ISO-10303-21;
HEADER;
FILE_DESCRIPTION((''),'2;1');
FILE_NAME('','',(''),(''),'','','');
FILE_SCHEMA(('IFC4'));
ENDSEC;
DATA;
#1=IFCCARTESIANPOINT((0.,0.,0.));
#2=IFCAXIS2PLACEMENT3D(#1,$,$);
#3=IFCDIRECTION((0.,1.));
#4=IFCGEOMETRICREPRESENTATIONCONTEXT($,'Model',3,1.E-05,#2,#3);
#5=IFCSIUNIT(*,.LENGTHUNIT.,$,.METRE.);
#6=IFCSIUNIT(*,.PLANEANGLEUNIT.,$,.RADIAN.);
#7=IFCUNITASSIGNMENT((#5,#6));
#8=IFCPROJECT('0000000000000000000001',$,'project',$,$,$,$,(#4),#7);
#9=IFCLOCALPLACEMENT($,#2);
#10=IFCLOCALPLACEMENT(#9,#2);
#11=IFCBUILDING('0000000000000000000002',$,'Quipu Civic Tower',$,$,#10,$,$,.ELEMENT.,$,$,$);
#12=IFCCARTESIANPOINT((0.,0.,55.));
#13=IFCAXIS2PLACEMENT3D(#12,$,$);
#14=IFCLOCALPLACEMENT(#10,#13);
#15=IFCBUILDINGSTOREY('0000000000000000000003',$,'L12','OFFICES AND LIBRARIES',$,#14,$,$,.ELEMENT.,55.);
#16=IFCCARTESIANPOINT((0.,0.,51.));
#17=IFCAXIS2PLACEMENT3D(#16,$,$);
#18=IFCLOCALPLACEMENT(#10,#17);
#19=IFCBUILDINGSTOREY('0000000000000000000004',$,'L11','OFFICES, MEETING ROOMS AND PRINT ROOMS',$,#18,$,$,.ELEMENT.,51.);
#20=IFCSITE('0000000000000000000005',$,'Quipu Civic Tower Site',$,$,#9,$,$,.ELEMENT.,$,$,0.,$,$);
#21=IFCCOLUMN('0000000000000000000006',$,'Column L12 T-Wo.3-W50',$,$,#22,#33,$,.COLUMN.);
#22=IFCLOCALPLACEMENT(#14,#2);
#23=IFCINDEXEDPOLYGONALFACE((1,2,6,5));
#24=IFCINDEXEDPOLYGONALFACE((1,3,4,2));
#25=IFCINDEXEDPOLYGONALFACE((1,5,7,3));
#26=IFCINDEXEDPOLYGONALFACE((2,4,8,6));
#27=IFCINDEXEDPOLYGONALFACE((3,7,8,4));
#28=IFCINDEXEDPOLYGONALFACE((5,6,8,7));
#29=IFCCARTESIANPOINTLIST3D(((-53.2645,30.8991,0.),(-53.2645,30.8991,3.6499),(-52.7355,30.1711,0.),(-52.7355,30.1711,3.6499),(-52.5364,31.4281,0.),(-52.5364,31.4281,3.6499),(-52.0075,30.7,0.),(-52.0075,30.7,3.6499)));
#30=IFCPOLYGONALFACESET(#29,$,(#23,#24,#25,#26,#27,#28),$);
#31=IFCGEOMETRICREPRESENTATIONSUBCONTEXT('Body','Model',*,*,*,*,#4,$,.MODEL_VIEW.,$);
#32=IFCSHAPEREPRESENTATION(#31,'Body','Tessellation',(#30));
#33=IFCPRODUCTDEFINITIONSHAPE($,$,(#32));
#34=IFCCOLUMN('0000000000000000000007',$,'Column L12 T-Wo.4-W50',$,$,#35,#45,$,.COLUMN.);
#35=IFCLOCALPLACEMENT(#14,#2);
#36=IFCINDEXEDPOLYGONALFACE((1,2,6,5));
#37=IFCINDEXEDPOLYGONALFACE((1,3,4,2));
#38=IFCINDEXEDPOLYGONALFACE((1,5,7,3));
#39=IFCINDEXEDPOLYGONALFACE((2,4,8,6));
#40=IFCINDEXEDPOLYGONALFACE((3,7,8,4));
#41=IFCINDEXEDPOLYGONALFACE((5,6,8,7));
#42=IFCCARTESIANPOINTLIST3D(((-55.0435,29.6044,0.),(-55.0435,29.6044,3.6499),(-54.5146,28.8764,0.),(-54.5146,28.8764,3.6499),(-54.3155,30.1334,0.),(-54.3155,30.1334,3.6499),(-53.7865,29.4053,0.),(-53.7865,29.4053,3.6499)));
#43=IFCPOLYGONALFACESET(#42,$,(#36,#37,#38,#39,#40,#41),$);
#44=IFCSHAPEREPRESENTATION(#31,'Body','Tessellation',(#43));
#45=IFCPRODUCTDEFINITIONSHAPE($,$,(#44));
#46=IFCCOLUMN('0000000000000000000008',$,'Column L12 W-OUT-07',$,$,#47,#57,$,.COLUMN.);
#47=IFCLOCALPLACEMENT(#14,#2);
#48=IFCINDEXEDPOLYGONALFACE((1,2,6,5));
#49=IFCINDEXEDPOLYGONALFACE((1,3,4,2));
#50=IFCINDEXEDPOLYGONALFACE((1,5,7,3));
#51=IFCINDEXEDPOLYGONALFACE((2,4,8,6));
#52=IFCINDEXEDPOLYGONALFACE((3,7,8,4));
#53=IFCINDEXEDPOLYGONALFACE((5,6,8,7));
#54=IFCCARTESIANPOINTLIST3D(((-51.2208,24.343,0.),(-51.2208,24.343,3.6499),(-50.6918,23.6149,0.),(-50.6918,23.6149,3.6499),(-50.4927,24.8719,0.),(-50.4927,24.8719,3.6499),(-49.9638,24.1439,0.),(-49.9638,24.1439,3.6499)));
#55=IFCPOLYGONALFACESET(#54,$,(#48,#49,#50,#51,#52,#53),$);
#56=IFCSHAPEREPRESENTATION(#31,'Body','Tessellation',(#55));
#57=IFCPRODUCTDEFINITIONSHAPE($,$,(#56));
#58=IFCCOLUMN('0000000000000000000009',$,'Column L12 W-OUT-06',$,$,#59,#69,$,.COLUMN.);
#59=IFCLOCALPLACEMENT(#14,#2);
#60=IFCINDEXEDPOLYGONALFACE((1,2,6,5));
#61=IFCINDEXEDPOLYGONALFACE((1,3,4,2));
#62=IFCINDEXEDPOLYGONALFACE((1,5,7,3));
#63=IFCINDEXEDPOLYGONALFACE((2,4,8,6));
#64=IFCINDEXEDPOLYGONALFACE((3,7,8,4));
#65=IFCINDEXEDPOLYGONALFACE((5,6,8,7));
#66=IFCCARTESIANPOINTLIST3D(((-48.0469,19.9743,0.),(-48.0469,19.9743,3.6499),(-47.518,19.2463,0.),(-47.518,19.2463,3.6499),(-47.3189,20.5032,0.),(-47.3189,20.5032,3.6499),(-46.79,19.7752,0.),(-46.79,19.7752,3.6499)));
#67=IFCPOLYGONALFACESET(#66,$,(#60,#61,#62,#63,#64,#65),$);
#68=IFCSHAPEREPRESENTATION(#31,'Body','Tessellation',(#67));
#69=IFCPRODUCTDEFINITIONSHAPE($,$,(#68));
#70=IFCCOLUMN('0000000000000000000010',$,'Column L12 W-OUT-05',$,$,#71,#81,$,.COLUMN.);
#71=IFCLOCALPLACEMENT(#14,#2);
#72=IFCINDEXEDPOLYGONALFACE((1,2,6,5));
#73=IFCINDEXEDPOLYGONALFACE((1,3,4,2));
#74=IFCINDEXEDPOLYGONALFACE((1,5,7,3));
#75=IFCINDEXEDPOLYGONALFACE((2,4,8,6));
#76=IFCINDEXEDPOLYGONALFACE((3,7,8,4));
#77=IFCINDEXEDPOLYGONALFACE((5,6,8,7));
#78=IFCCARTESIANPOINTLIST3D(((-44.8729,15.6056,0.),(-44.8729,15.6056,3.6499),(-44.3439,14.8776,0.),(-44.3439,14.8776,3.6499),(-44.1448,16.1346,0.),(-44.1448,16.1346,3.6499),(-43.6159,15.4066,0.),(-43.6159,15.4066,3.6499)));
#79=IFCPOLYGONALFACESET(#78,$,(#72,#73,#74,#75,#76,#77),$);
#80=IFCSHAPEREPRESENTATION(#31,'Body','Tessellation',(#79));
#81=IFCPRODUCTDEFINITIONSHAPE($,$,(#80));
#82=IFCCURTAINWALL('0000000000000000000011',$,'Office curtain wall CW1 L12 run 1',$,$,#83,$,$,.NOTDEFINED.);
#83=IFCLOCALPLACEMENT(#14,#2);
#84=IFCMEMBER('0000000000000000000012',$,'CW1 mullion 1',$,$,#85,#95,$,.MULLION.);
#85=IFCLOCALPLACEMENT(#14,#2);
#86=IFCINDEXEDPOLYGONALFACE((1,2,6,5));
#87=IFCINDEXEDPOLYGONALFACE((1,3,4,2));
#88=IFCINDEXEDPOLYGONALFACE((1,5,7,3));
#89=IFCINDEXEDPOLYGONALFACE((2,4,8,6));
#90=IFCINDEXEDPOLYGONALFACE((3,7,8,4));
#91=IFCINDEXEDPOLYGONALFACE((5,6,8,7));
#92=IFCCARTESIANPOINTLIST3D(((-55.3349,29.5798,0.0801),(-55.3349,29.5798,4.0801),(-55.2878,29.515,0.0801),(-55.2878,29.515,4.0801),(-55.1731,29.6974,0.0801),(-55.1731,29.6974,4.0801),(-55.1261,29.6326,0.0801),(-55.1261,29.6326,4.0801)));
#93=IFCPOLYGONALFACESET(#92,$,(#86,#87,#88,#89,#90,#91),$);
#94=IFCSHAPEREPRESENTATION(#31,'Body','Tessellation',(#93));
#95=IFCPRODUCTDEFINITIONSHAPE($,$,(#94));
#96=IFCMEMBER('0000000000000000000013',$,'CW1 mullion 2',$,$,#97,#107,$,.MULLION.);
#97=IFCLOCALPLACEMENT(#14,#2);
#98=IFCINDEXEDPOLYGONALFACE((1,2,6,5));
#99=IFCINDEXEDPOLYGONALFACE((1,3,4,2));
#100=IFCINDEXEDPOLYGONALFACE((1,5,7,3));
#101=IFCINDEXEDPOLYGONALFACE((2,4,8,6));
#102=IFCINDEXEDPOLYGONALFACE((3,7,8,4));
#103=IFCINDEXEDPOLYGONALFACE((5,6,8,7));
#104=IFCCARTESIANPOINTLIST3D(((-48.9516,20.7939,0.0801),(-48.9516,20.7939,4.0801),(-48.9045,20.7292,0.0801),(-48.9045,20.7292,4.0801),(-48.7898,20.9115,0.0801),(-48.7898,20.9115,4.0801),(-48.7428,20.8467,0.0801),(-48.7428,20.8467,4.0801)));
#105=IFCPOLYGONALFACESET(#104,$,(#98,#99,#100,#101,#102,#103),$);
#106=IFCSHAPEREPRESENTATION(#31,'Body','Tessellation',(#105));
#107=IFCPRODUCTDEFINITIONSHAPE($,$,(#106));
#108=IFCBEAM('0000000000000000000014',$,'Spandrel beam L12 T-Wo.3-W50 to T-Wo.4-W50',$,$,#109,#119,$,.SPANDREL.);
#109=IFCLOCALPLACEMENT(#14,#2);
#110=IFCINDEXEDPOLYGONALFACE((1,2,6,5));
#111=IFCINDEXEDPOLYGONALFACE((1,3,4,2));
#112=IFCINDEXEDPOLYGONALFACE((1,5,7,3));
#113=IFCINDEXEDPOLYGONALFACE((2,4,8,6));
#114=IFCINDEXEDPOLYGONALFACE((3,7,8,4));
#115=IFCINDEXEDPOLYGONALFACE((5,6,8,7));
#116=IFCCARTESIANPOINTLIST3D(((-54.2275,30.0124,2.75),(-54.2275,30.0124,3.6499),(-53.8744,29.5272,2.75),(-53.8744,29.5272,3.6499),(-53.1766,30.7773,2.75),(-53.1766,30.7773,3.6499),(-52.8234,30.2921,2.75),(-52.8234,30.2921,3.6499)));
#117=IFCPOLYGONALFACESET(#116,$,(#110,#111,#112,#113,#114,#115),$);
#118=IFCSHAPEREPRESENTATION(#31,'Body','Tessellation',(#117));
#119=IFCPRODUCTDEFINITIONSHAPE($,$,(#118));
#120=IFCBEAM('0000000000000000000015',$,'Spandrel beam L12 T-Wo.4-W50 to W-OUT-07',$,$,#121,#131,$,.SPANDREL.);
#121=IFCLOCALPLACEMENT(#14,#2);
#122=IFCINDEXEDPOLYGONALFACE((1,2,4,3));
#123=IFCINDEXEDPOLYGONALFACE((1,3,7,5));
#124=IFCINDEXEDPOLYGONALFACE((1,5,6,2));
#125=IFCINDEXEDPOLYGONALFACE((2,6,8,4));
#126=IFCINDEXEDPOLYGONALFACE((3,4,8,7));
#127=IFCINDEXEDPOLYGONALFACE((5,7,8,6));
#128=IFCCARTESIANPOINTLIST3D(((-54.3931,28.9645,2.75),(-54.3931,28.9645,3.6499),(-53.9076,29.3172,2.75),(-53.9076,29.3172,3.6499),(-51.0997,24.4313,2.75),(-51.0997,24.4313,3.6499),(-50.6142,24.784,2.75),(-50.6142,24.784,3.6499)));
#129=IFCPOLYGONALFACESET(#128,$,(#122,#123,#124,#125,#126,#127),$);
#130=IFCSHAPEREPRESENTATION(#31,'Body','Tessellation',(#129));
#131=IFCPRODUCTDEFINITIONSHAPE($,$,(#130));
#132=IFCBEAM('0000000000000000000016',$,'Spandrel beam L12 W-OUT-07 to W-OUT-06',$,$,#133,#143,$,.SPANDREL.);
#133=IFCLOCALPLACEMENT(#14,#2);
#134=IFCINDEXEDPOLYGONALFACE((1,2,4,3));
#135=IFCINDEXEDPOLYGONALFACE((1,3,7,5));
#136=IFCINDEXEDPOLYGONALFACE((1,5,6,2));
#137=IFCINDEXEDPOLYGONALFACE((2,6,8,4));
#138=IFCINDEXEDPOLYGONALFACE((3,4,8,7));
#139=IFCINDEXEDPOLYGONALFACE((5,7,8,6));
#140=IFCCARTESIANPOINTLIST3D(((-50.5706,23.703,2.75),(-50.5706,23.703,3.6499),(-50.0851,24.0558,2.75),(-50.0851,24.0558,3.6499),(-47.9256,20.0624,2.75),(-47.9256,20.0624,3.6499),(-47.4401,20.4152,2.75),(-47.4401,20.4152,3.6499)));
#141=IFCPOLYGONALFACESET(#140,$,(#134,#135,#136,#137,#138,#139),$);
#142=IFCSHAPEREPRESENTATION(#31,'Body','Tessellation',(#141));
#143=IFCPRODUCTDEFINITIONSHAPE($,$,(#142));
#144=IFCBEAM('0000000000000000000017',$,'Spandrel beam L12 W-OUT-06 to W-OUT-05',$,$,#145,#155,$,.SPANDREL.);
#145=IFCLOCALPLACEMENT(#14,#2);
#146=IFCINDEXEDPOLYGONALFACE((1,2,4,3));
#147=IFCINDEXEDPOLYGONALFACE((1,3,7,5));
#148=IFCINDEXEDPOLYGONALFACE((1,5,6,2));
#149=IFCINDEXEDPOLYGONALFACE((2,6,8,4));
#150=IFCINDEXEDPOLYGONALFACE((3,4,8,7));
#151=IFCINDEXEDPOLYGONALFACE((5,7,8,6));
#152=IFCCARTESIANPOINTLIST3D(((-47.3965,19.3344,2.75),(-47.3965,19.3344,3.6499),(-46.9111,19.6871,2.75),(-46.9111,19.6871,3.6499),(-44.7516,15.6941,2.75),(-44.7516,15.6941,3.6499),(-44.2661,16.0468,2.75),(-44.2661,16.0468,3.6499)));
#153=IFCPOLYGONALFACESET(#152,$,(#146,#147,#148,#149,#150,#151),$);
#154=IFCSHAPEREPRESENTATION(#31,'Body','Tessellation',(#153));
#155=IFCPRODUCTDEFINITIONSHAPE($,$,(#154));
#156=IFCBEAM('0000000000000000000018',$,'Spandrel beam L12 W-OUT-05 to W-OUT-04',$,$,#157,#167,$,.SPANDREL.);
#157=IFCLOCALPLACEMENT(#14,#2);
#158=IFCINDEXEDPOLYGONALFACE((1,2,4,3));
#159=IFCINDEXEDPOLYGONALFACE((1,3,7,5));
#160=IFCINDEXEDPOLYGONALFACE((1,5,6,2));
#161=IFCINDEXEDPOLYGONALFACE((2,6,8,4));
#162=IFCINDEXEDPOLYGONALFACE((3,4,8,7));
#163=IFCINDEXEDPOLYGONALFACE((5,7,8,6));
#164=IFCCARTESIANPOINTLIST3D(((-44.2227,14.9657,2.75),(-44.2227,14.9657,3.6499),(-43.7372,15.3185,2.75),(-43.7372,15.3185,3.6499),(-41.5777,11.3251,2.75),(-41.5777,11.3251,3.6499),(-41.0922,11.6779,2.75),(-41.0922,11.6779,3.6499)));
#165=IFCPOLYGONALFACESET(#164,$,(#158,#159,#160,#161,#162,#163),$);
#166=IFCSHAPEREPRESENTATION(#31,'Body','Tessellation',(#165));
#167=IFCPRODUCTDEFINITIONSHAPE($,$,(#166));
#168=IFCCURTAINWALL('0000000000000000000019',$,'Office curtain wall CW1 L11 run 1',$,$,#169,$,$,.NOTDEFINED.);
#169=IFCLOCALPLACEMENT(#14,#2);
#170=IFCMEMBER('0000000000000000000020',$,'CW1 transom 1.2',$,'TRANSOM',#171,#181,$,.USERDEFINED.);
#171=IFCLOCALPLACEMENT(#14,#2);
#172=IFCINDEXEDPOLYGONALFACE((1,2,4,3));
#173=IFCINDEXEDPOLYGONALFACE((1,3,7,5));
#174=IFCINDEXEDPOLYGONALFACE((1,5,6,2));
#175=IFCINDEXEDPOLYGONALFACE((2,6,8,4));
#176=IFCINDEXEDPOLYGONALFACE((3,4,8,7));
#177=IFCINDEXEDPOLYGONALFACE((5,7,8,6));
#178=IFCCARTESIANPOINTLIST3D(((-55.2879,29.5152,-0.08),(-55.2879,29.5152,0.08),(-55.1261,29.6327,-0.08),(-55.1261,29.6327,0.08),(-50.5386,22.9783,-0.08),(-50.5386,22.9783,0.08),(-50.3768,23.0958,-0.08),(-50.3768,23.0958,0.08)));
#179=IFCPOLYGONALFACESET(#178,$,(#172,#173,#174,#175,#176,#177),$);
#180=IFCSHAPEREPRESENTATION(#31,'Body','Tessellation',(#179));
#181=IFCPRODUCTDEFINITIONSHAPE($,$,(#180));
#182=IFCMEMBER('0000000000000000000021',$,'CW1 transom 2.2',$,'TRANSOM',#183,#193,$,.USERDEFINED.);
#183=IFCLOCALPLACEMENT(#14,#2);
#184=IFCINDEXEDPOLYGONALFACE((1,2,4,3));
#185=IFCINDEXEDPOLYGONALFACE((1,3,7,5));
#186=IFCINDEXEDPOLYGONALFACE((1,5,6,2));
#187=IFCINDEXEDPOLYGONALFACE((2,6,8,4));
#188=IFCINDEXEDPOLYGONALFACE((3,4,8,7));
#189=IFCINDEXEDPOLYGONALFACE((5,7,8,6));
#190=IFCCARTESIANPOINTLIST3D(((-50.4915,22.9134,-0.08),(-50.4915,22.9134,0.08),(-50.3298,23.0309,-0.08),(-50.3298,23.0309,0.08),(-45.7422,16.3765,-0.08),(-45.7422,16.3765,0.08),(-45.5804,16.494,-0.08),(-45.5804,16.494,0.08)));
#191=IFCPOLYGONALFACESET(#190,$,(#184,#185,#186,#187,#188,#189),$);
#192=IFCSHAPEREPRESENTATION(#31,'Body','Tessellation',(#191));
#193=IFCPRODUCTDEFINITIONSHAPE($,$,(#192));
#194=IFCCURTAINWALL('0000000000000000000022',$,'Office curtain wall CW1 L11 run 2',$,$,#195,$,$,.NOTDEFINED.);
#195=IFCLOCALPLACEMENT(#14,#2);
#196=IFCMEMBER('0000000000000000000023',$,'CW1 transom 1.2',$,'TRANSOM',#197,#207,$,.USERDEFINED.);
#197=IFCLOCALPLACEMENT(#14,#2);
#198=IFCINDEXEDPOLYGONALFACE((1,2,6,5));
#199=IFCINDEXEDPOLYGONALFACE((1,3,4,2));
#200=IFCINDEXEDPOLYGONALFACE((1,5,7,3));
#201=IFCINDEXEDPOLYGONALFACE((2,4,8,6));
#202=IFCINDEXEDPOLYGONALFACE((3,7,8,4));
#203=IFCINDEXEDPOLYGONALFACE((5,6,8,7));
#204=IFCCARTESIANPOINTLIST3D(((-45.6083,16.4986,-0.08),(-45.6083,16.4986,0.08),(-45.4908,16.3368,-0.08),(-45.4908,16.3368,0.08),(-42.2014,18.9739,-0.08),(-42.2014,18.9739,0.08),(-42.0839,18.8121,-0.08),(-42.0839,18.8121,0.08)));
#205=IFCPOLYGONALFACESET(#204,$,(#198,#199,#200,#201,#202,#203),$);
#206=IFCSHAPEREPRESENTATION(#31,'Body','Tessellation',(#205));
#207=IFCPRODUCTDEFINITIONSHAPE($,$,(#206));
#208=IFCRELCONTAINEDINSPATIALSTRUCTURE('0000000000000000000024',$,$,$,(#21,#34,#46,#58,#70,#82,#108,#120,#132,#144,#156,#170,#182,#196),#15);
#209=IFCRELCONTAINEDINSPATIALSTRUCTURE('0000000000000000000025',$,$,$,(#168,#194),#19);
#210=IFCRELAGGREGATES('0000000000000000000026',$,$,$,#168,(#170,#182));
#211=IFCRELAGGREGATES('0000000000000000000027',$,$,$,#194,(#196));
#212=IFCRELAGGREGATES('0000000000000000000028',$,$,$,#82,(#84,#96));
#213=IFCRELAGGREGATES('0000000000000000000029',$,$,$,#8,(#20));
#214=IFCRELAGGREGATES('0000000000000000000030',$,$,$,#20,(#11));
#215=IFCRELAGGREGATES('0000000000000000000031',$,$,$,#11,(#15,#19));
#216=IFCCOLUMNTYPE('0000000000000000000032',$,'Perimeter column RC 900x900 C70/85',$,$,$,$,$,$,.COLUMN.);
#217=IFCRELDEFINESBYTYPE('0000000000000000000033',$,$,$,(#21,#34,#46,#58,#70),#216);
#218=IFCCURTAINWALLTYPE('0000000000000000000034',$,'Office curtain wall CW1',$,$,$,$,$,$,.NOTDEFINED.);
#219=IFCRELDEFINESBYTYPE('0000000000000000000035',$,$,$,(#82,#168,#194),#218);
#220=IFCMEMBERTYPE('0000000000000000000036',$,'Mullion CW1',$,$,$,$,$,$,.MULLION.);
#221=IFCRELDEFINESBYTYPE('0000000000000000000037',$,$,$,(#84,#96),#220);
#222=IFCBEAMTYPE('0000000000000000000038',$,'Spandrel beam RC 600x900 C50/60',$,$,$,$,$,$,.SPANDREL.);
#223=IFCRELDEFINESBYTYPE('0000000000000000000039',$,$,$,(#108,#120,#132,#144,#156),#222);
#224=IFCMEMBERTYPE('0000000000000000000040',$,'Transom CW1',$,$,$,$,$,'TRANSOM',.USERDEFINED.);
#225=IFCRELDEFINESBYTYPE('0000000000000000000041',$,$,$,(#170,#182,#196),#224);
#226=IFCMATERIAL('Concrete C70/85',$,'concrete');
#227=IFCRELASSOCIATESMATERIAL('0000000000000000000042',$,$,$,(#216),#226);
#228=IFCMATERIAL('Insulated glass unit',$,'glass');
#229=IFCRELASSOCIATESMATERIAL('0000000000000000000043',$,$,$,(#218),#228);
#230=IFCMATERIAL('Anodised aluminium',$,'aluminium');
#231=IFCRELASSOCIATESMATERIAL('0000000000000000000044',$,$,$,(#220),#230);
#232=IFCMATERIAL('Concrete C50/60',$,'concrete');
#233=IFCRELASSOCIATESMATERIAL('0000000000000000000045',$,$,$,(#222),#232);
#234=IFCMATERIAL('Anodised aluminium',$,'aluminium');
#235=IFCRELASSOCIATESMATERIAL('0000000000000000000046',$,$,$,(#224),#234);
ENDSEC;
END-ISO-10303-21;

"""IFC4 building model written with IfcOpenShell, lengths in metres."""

from ifc_helpers import new_model, si_unit, direction, frame, origin, origin_2d, place, context, subcontext, project, spatial, rectangle, extrude, material, material_profile, profile_set, type_object, element, aggregate, save


model = new_model("IFC4")

# Units and contexts
model_context = context("Model", 3, precision=1e-05, world=origin(), true_north=direction((0.0, 1.0)))
body_context = subcontext(model_context, "Body", "Model", "MODEL_VIEW")
ifc_project = project(units=[si_unit("LENGTHUNIT", "METRE"), si_unit("PLANEANGLEUNIT", "RADIAN")], contexts=[model_context])

# Site, building, storey
site_placement = place(None, origin())
site = spatial("IfcSite", under=ifc_project, at=site_placement, Name="Quipu Civic Tower Site", CompositionType="ELEMENT", RefElevation=0.0)
building_placement = place(site_placement, origin())
building = spatial("IfcBuilding", under=site, at=building_placement, Name="Quipu Civic Tower", CompositionType="ELEMENT")
storey_1_placement = place(building_placement, frame((0.0, 0.0, 55.0)))
storey_1 = spatial("IfcBuildingStorey", under=building, at=storey_1_placement, Name="L12", Description="OFFICES AND LIBRARIES", CompositionType="ELEMENT", Elevation=55.0)

# Columns
ifc_material_1 = material(Name="Concrete C70/85", Category="concrete")
ifc_material_profile_1 = material_profile(ifc_material_1, rectangle(XDim=0.8999, YDim=0.8999, at=origin_2d()), Name="RC900x900")
ifc_profile_set_1 = profile_set([ifc_material_profile_1], Name="Concrete C70/85")
column_type = type_object("IfcColumnType", Name="Perimeter column RC 900x900 C70/85", PredefinedType="COLUMN", material=ifc_profile_set_1)
for number, where, z_axis, x_axis, name in (
    (1, (-52.636, 30.7996, 0.0), (0.0, 0.0, 1.0), (-0.809017, -0.587785, 0.0), "Column L12 T-Wo.3-W50"),
    (2, (-54.415, 29.5049, 0.0), (0.0, 0.0, 1.0), (0.587785, -0.809017, 0.0), "Column L12 T-Wo.4-W50"),
    (3, (-50.5923, 24.2434, 0.0), (0.0, 0.0, 1.0), (0.587785, -0.809017, 0.0), "Column L12 W-OUT-07"),
    (4, (-47.4185, 19.8748, 0.0), (0.0, 0.0, 1.0), (0.587785, -0.809017, 0.0), "Column L12 W-OUT-06"),
    (5, (-44.2444, 15.5061, 0.0), (0.0, 0.0, 1.0), (0.587785, -0.809017, 0.0), "Column L12 W-OUT-05"),
):
    element("IfcColumn", number, at=place(storey_1_placement, frame(where, z_axis=z_axis, x_axis=x_axis)), inside=storey_1, type_object=column_type, Name=name, PredefinedType="COLUMN", context=body_context, shape_type="SweptSolid", body=[
        extrude(rectangle(XDim=0.8999, YDim=0.8999, at=origin_2d()), origin(), (0.0, 0.0, 1.0), 3.6499),
    ])

# Curtain wall, members
ifc_material_2 = material(Name="Insulated glass unit", Category="glass")
curtain_wall_type = type_object("IfcCurtainWallType", Name="Office curtain wall CW1", PredefinedType="NOTDEFINED", material=ifc_material_2)
curtain_wall_1_placement = place(storey_1_placement, origin())
curtain_wall_1 = element("IfcCurtainWall", 6, at=curtain_wall_1_placement, inside=storey_1, type_object=curtain_wall_type, Name="Office curtain wall CW1 L12 run 1", PredefinedType="NOTDEFINED")
ifc_material_3 = material(Name="Anodised aluminium", Category="aluminium")
ifc_material_profile_2 = material_profile(ifc_material_3, rectangle(XDim=0.2, YDim=0.0801, at=origin_2d()), Name="RECT 200x80")
ifc_profile_set_2 = profile_set([ifc_material_profile_2], Name="Anodised aluminium")
member_type_1 = type_object("IfcMemberType", Name="Mullion CW1", PredefinedType="MULLION", material=ifc_profile_set_2)
member_1_placement = place(storey_1_placement, frame((-55.2305, 29.6062, 0.0801), z_axis=(0.0, 0.0, 1.0), x_axis=(0.809014, 0.587789, 0.0)))
member_1 = element("IfcMember", 7, at=member_1_placement, type_object=member_type_1, Name="CW1 mullion 1", PredefinedType="MULLION", context=body_context, shape_type="SweptSolid", body=[
    extrude(rectangle(XDim=0.2, YDim=0.0801, at=origin_2d()), origin(), (0.0, 0.0, 1.0), 4.0),
])
member_2_placement = place(storey_1_placement, frame((-48.8472, 20.8203, 0.0801), z_axis=(0.0, 0.0, 1.0), x_axis=(0.809014, 0.587789, 0.0)))
member_2 = element("IfcMember", 8, at=member_2_placement, type_object=member_type_1, Name="CW1 mullion 2", PredefinedType="MULLION", context=body_context, shape_type="SweptSolid", body=[
    extrude(rectangle(XDim=0.2, YDim=0.0801, at=origin_2d()), origin(), (0.0, 0.0, 1.0), 4.0),
])

# Beams
ifc_material_4 = material(Name="Concrete C50/60", Category="concrete")
ifc_material_profile_3 = material_profile(ifc_material_4, rectangle(XDim=0.6001, YDim=0.8999, at=origin_2d()), Name="RC600x900")
ifc_profile_set_3 = profile_set([ifc_material_profile_3], Name="Concrete C50/60")
beam_type = type_object("IfcBeamType", Name="Spandrel beam RC 600x900 C50/60", PredefinedType="SPANDREL", material=ifc_profile_set_3)
beam_1_placement = place(storey_1_placement, frame((-53.0, 30.5347, 3.2), z_axis=(-0.808549, -0.588429, 0.0), x_axis=(0.588429, -0.808549, 0.0)))
element("IfcBeam", 9, at=beam_1_placement, inside=storey_1, type_object=beam_type, Name="Spandrel beam L12 T-Wo.3-W50 to T-Wo.4-W50", PredefinedType="SPANDREL", context=body_context, shape_type="SweptSolid", body=[
    extrude(rectangle(XDim=0.6001, YDim=0.8999, at=origin_2d()), origin(), (0.0, 0.0, 1.0), 1.2998),
])
beam_2_placement = place(storey_1_placement, frame((-54.1504, 29.1409, 3.2), z_axis=(0.587773, -0.809026, 0.0), x_axis=(0.809026, 0.587773, 0.0)))
element("IfcBeam", 10, at=beam_2_placement, inside=storey_1, type_object=beam_type, Name="Spandrel beam L12 T-Wo.4-W50 to W-OUT-07", PredefinedType="SPANDREL", context=body_context, shape_type="SweptSolid", body=[
    extrude(rectangle(XDim=0.6001, YDim=0.8999, at=origin_2d()), origin(), (0.0, 0.0, 1.0), 5.6033),
])
beam_3_placement = place(storey_1_placement, frame((-50.3279, 23.8794, 3.2), z_axis=(0.587778, -0.809022, 0.0), x_axis=(0.809022, 0.587778, 0.0)))
element("IfcBeam", 11, at=beam_3_placement, inside=storey_1, type_object=beam_type, Name="Spandrel beam L12 W-OUT-07 to W-OUT-06", PredefinedType="SPANDREL", context=body_context, shape_type="SweptSolid", body=[
    extrude(rectangle(XDim=0.6001, YDim=0.8999, at=origin_2d()), origin(), (0.0, 0.0, 1.0), 4.5),
])
beam_4_placement = place(storey_1_placement, frame((-47.1538, 19.5107, 3.2), z_axis=(0.587804, -0.809003, 0.0), x_axis=(0.809003, 0.587804, 0.0)))
element("IfcBeam", 12, at=beam_4_placement, inside=storey_1, type_object=beam_type, Name="Spandrel beam L12 W-OUT-06 to W-OUT-05", PredefinedType="SPANDREL", context=body_context, shape_type="SweptSolid", body=[
    extrude(rectangle(XDim=0.6001, YDim=0.8999, at=origin_2d()), origin(), (0.0, 0.0, 1.0), 4.4998),
])
beam_5_placement = place(storey_1_placement, frame((-43.98, 15.1421, 3.2), z_axis=(0.587778, -0.809022, 0.0), x_axis=(0.809022, 0.587778, 0.0)))
element("IfcBeam", 13, at=beam_5_placement, inside=storey_1, type_object=beam_type, Name="Spandrel beam L12 W-OUT-05 to W-OUT-04", PredefinedType="SPANDREL", context=body_context, shape_type="SweptSolid", body=[
    extrude(rectangle(XDim=0.6001, YDim=0.8999, at=origin_2d()), origin(), (0.0, 0.0, 1.0), 4.5),
])

# Shared definitions
storey_2_placement = place(building_placement, frame((0.0, 0.0, 51.0)))
storey_2 = spatial("IfcBuildingStorey", under=building, at=storey_2_placement, Name="L11", Description="OFFICES, MEETING ROOMS AND PRINT ROOMS", CompositionType="ELEMENT", Elevation=51.0)

# Curtain wall, members
curtain_wall_2_placement = place(storey_2_placement, origin())
curtain_wall_2 = element("IfcCurtainWall", 14, at=curtain_wall_2_placement, inside=storey_2, type_object=curtain_wall_type, Name="Office curtain wall CW1 L11 run 1", PredefinedType="NOTDEFINED")
ifc_material_5 = material(Name="Anodised aluminium", Category="aluminium")
ifc_material_profile_4 = material_profile(ifc_material_5, rectangle(XDim=0.2, YDim=0.1599, at=origin_2d()), Name="RECT 200x160")
ifc_profile_set_4 = profile_set([ifc_material_profile_4], Name="Anodised aluminium")
member_type_2 = type_object("IfcMemberType", Name="Transom CW1", ElementType="TRANSOM", PredefinedType="USERDEFINED", material=ifc_profile_set_4)
member_3_placement = place(storey_1_placement, frame((-55.207, 29.574, 0.0), z_axis=(0.587782, -0.80902, 0.0), x_axis=(0.80902, 0.587782, 0.0)))
member_3 = element("IfcMember", 15, at=member_3_placement, inside=storey_1, type_object=member_type_2, Name="CW1 transom 1.2", ObjectType="TRANSOM", PredefinedType="USERDEFINED", context=body_context, shape_type="SweptSolid", body=[
    extrude(rectangle(XDim=0.2, YDim=0.1599, at=origin_2d()), origin(), (0.0, 0.0, 1.0), 8.0801),
])
member_4_placement = place(storey_1_placement, frame((-50.4106, 22.9722, 0.0), z_axis=(0.587782, -0.80902, 0.0), x_axis=(0.80902, 0.587782, 0.0)))
member_4 = element("IfcMember", 16, at=member_4_placement, inside=storey_1, type_object=member_type_2, Name="CW1 transom 2.2", ObjectType="TRANSOM", PredefinedType="USERDEFINED", context=body_context, shape_type="SweptSolid", body=[
    extrude(rectangle(XDim=0.2, YDim=0.1599, at=origin_2d()), origin(), (0.0, 0.0, 1.0), 8.0801),
])
aggregate(curtain_wall_2, [member_3, member_4])

# Curtain wall, member
curtain_wall_3_placement = place(storey_2_placement, origin())
curtain_wall_3 = element("IfcCurtainWall", 17, at=curtain_wall_3_placement, inside=storey_2, type_object=curtain_wall_type, Name="Office curtain wall CW1 L11 run 2", PredefinedType="NOTDEFINED")
member_5_placement = place(storey_1_placement, frame((-45.5496, 16.4177, 0.0), z_axis=(0.809014, 0.587789, 0.0), x_axis=(-0.587789, 0.809014, 0.0)))
member_5 = element("IfcMember", 18, at=member_5_placement, inside=storey_1, type_object=member_type_2, Name="CW1 transom 1.2", ObjectType="TRANSOM", PredefinedType="USERDEFINED", context=body_context, shape_type="SweptSolid", body=[
    extrude(rectangle(XDim=0.2, YDim=0.1599, at=origin_2d()), origin(), (0.0, 0.0, 1.0), 4.2112),
])
aggregate(curtain_wall_3, [member_5])

aggregate(curtain_wall_1, [member_1, member_2])

save(model, "model.ifc")
